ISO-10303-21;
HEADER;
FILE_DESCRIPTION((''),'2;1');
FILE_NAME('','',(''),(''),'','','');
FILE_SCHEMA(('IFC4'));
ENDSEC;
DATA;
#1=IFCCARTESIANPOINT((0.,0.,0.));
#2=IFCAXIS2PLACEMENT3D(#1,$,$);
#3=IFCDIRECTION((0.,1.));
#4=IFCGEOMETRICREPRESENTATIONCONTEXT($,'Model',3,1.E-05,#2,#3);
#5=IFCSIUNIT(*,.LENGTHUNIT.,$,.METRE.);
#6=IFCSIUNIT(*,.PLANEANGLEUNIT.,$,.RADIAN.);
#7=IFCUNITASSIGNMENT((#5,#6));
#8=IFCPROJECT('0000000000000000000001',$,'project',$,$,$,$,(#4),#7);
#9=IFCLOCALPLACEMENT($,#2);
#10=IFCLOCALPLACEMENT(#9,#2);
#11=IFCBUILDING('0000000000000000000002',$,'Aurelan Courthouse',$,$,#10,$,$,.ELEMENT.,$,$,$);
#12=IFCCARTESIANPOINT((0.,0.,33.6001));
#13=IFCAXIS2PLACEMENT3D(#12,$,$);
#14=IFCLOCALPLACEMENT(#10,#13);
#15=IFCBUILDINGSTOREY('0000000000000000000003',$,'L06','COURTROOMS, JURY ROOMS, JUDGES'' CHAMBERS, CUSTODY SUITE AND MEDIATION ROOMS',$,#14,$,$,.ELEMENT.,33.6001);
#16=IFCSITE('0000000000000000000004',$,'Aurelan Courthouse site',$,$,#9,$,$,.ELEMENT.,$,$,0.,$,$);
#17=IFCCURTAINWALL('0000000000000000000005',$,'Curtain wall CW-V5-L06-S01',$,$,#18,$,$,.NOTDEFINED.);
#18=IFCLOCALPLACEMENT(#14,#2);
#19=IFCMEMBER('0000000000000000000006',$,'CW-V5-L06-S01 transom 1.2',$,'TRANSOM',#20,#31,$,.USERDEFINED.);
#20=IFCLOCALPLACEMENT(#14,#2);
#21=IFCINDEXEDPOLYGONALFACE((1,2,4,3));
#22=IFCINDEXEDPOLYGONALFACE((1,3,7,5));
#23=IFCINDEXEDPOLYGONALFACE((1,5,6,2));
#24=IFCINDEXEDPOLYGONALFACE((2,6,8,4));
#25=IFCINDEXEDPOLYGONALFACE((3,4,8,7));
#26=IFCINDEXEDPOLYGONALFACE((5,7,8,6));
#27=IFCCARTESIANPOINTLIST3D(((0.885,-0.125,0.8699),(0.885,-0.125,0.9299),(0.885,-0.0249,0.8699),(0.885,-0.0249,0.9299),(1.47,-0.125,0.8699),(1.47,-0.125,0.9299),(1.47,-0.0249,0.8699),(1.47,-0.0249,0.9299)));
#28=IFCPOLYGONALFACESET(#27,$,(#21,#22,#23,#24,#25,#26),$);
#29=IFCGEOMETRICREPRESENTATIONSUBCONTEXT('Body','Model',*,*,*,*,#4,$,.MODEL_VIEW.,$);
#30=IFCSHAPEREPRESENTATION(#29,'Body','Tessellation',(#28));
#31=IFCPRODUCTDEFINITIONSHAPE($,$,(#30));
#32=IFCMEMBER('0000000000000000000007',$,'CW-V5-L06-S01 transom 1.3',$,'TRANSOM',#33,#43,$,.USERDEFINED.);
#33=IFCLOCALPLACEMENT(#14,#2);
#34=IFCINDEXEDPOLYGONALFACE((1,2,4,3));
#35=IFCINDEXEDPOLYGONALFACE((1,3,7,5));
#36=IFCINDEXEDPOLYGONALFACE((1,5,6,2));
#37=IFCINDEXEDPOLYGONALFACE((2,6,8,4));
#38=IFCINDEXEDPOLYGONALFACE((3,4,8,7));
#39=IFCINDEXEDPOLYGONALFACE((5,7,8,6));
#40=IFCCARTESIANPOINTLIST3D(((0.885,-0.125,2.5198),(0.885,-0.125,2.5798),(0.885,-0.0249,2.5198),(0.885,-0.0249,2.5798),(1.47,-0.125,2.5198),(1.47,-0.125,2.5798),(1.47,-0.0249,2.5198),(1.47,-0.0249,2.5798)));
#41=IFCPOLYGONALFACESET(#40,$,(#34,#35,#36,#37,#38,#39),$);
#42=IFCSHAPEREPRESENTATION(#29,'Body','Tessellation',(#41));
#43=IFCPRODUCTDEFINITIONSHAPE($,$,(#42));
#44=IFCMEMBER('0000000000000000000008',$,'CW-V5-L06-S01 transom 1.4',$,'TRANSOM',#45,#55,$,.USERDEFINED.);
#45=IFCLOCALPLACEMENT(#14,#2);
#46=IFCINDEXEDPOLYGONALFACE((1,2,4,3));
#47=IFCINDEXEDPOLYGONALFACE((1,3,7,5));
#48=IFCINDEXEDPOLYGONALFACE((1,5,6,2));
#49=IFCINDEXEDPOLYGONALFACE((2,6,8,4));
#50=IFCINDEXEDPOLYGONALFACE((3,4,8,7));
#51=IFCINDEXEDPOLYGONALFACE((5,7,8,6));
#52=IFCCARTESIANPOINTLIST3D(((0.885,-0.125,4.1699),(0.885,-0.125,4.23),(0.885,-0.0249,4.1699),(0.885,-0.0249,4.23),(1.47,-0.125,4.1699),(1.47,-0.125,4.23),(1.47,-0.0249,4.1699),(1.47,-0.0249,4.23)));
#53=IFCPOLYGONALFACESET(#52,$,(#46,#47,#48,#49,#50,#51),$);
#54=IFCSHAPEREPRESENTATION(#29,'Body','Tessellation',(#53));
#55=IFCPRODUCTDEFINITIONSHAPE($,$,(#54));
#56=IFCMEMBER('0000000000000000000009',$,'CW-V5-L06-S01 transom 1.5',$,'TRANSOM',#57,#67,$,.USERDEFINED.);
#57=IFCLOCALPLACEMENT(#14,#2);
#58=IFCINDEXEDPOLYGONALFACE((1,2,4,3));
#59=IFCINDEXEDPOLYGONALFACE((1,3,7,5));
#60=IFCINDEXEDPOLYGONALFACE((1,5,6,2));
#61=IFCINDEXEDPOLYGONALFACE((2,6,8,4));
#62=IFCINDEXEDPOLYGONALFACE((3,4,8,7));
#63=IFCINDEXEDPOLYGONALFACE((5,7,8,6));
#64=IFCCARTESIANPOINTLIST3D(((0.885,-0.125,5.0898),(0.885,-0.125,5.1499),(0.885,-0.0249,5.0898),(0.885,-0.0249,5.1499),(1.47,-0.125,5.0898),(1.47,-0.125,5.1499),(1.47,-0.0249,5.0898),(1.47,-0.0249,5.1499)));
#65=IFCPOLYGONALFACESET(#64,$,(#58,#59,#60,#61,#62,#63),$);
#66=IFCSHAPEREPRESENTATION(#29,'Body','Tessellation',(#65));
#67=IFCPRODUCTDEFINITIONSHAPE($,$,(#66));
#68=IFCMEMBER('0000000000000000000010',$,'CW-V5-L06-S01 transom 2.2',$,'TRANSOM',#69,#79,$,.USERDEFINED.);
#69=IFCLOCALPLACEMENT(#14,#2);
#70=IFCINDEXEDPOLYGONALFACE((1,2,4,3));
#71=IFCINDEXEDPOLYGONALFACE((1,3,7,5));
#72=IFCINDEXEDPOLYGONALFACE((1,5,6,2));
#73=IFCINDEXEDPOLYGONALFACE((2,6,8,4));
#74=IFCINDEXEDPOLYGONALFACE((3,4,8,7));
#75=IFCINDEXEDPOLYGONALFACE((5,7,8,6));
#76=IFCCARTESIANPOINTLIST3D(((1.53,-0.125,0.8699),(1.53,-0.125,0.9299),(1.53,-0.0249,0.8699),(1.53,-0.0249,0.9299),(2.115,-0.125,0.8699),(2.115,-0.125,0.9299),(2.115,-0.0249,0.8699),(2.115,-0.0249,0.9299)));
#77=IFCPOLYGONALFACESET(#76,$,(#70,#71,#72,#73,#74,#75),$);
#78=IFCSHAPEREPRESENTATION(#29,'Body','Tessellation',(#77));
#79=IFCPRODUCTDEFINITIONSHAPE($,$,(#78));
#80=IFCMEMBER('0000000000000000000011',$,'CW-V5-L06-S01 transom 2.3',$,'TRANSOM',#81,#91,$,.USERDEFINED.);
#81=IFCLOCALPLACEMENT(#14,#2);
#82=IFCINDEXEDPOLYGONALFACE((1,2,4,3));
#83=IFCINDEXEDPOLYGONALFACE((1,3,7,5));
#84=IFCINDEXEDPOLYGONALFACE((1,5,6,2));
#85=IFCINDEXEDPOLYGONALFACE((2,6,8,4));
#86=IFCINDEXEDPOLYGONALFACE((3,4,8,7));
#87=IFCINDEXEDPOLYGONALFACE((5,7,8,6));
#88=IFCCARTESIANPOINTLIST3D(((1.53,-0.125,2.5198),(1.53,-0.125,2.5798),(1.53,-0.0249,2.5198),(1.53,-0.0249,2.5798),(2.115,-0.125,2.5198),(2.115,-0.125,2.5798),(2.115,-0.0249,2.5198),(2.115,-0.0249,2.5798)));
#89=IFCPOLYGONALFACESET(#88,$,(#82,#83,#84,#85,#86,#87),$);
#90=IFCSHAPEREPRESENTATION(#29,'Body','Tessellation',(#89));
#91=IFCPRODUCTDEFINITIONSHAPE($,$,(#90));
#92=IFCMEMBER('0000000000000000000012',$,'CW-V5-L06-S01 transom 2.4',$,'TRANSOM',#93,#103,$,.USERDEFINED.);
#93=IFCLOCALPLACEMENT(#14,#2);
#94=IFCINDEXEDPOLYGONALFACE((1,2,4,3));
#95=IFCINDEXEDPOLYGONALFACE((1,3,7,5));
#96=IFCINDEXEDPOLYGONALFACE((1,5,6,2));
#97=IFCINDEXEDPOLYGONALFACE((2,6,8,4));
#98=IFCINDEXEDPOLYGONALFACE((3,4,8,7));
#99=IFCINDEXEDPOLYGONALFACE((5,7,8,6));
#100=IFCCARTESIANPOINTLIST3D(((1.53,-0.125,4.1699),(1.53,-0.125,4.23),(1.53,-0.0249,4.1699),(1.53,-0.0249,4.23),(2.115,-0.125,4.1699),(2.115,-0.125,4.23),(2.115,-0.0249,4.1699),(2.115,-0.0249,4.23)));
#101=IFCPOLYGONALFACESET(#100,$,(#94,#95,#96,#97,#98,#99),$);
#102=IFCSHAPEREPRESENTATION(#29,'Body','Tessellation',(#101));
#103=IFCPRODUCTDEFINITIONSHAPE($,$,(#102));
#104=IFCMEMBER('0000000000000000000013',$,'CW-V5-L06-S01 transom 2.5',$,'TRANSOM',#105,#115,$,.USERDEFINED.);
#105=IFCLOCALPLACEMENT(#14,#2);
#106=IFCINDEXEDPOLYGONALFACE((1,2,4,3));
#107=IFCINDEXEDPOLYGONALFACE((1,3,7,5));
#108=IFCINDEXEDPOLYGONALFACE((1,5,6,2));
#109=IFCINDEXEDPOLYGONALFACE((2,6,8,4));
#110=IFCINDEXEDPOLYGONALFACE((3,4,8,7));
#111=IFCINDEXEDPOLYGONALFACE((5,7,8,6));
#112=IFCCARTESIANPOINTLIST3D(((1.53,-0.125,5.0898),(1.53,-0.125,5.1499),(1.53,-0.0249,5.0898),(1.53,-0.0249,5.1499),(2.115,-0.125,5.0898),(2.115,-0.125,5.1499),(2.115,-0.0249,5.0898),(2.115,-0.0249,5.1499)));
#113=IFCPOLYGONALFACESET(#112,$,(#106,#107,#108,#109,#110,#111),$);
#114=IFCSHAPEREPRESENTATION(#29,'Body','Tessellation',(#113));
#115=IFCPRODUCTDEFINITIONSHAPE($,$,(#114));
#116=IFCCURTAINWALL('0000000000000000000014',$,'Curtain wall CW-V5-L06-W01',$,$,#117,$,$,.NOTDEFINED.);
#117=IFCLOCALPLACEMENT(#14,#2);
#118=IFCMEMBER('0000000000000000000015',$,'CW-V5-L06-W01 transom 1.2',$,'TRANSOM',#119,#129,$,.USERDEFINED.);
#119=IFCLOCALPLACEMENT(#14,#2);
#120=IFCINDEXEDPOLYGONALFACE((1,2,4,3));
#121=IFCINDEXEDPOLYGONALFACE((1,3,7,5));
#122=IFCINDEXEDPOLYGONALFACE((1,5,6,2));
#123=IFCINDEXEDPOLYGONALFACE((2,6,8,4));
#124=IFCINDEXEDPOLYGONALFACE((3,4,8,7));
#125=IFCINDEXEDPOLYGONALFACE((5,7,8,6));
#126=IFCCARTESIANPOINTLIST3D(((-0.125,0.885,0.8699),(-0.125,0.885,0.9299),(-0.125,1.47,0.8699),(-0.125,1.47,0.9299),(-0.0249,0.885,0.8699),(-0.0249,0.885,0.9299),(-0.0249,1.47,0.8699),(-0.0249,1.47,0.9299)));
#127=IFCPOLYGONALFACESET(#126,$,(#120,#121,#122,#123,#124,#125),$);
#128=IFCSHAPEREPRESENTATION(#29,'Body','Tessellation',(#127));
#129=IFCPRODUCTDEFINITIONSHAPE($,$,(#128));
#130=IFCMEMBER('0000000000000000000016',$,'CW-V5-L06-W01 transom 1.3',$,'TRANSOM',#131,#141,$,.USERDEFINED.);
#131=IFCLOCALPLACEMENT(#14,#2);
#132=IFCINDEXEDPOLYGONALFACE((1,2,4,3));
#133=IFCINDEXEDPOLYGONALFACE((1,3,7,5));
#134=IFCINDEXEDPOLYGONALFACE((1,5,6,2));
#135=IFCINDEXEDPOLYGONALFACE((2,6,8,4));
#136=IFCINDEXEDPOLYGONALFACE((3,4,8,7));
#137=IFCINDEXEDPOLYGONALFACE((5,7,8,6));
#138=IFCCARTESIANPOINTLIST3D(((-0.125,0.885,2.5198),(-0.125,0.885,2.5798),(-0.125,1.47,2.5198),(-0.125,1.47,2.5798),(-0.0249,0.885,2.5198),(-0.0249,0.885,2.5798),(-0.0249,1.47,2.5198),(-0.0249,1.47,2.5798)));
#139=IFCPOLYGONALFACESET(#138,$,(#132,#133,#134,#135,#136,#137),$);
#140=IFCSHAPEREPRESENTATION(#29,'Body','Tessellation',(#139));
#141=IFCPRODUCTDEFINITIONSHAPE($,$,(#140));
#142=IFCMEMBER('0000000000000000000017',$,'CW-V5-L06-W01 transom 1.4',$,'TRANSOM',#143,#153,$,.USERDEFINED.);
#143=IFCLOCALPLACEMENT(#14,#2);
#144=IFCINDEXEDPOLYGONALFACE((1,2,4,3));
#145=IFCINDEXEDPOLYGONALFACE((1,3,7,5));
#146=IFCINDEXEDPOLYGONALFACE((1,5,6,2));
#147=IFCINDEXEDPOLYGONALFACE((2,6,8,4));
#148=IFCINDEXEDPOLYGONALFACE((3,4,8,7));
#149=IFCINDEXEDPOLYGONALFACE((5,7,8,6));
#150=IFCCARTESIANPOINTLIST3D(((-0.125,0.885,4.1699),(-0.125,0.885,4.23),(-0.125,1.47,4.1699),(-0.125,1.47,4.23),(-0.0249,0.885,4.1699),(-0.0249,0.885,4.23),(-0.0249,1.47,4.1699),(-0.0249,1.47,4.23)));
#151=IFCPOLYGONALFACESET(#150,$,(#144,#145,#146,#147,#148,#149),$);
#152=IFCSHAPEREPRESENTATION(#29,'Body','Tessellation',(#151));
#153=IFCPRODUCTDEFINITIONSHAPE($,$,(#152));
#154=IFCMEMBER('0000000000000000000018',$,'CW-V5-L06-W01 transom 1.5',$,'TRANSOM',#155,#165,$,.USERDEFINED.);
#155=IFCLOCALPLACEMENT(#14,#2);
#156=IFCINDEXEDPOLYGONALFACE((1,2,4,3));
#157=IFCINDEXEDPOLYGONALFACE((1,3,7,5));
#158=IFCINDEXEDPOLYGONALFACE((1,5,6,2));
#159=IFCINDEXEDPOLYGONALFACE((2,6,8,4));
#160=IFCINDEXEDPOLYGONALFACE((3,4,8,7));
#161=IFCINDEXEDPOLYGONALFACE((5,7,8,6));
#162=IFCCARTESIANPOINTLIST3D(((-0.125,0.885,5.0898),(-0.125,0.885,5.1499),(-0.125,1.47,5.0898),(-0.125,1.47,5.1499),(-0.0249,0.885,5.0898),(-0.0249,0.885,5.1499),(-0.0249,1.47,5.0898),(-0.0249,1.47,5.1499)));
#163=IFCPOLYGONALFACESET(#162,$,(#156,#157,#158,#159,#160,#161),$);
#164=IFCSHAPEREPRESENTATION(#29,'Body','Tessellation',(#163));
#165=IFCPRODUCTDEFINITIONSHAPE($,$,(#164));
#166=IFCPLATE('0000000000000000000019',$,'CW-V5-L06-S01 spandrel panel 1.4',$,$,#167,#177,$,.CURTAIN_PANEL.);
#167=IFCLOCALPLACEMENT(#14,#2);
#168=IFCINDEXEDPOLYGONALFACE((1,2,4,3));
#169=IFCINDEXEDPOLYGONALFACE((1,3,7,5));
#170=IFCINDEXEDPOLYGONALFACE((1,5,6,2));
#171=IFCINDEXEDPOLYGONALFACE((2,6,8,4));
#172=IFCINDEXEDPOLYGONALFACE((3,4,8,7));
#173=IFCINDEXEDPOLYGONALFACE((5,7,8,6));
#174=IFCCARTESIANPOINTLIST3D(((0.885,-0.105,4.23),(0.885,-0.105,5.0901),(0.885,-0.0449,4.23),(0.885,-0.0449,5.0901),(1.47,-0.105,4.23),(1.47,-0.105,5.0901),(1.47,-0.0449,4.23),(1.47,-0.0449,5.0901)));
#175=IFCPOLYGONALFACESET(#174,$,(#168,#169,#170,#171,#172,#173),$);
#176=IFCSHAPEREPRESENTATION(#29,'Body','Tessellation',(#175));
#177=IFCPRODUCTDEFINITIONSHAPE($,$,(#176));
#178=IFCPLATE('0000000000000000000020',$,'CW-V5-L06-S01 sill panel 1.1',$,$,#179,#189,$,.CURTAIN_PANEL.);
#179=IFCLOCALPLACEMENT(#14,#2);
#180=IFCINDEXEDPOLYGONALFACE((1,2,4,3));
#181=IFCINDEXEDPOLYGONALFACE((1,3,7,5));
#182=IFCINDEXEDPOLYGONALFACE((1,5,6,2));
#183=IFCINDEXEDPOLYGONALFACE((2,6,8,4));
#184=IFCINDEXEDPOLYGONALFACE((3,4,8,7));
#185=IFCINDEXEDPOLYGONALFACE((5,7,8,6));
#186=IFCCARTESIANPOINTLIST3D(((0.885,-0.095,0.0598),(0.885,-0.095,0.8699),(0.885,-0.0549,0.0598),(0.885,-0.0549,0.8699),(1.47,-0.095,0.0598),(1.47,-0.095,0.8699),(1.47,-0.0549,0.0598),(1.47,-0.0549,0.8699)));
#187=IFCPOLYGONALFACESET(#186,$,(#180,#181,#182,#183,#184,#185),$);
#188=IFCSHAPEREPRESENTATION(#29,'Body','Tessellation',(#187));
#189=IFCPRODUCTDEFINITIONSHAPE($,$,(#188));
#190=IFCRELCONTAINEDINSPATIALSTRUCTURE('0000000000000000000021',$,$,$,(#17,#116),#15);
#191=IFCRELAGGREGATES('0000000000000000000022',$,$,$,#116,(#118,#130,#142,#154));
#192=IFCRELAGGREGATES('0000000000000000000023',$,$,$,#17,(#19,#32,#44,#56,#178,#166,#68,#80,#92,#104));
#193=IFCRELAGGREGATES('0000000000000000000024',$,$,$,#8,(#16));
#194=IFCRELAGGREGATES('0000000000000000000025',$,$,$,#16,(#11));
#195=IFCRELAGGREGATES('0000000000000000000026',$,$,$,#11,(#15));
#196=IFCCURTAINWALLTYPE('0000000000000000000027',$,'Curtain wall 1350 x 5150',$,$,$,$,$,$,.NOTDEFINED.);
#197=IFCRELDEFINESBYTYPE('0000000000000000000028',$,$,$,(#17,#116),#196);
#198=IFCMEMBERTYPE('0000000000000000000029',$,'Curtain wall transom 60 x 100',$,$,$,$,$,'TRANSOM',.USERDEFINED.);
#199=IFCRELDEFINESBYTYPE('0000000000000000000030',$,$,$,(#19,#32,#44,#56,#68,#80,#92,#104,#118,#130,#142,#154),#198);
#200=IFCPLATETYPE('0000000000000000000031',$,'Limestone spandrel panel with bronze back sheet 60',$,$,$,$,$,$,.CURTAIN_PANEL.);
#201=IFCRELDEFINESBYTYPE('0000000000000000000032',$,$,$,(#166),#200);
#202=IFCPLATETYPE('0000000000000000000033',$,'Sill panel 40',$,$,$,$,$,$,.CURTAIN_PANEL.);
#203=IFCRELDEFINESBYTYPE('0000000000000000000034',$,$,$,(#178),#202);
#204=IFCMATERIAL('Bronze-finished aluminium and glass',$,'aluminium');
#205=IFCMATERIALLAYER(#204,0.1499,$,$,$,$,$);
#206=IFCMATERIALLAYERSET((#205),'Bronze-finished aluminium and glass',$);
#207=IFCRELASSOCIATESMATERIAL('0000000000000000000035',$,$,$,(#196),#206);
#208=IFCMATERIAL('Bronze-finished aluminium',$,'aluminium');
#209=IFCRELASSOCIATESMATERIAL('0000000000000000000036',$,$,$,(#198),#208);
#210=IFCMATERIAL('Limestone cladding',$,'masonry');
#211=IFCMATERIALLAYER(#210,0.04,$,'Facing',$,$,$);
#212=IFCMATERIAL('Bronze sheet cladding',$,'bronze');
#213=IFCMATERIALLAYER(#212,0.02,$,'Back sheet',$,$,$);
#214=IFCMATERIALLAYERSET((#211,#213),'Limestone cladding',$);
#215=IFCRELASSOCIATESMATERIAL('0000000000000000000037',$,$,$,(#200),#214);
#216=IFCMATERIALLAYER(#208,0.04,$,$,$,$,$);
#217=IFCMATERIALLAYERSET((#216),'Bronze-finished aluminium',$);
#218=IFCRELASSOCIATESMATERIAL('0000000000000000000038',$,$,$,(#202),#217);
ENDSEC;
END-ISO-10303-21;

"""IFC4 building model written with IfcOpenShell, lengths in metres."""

from ifc_helpers import new_model, si_unit, direction, frame, origin, origin_2d, place, context, subcontext, project, spatial, rectangle, extrude, material, layer, layer_set, material_profile, profile_set, type_object, element, aggregate, save


model = new_model("IFC4")

# Units and contexts
model_context = context("Model", 3, precision=1e-05, world=origin(), true_north=direction((0.0, 1.0)))
body_context = subcontext(model_context, "Body", "Model", "MODEL_VIEW")
ifc_project = project(units=[si_unit("LENGTHUNIT", "METRE"), si_unit("PLANEANGLEUNIT", "RADIAN")], contexts=[model_context])

# Site, building, storey
site_placement = place(None, origin())
site = spatial("IfcSite", under=ifc_project, at=site_placement, Name="Aurelan Courthouse site", CompositionType="ELEMENT", RefElevation=0.0)
building_placement = place(site_placement, origin())
building = spatial("IfcBuilding", under=site, at=building_placement, Name="Aurelan Courthouse", CompositionType="ELEMENT")
storey_placement = place(building_placement, frame((0.0, 0.0, 33.6001)))
storey = spatial("IfcBuildingStorey", under=building, at=storey_placement, Name="L06", Description="COURTROOMS, JURY ROOMS, JUDGES' CHAMBERS, CUSTODY SUITE AND MEDIATION ROOMS", CompositionType="ELEMENT", Elevation=33.6001)

# Curtain walls, members
ifc_material_1 = material(Name="Bronze-finished aluminium and glass", Category="aluminium")
ifc_layer_1 = layer(ifc_material_1, 0.1499)
ifc_layer_set_1 = layer_set([ifc_layer_1], Name="Bronze-finished aluminium and glass")
curtain_wall_type = type_object("IfcCurtainWallType", Name="Curtain wall 1350 x 5150", PredefinedType="NOTDEFINED", material=ifc_layer_set_1)
curtain_wall_1_placement = place(storey_placement, origin())
curtain_wall_1 = element("IfcCurtainWall", 1, at=curtain_wall_1_placement, inside=storey, type_object=curtain_wall_type, Name="Curtain wall CW-V5-L06-S01", PredefinedType="NOTDEFINED")
ifc_material_2 = material(Name="Bronze-finished aluminium", Category="aluminium")
ifc_material_profile = material_profile(ifc_material_2, rectangle(XDim=0.1001, YDim=0.0601, at=origin_2d()), Name="Bronze transom 60 x 100")
ifc_profile_set = profile_set([ifc_material_profile], Name="Bronze-finished aluminium")
member_type = type_object("IfcMemberType", Name="Curtain wall transom 60 x 100", ElementType="TRANSOM", PredefinedType="USERDEFINED", material=ifc_profile_set)
member_1_placement = place(storey_placement, frame((0.885, -0.075, 0.8999), z_axis=(1.0, 0.0, 0.0), x_axis=(0.0, 1.0, 0.0)))
member_1 = element("IfcMember", 2, at=member_1_placement, type_object=member_type, Name="CW-V5-L06-S01 transom 1.2", ObjectType="TRANSOM", PredefinedType="USERDEFINED", context=body_context, shape_type="SweptSolid", body=[
    extrude(rectangle(XDim=0.1001, YDim=0.0601, at=origin_2d()), origin(), (0.0, 0.0, 1.0), 0.585),
])
member_2_placement = place(storey_placement, frame((0.885, -0.075, 2.5498), z_axis=(1.0, 0.0, 0.0), x_axis=(0.0, 1.0, 0.0)))
member_2 = element("IfcMember", 3, at=member_2_placement, type_object=member_type, Name="CW-V5-L06-S01 transom 1.3", ObjectType="TRANSOM", PredefinedType="USERDEFINED", context=body_context, shape_type="SweptSolid", body=[
    extrude(rectangle(XDim=0.1001, YDim=0.0601, at=origin_2d()), origin(), (0.0, 0.0, 1.0), 0.585),
])
member_3_placement = place(storey_placement, frame((0.885, -0.075, 4.2), z_axis=(1.0, 0.0, 0.0), x_axis=(0.0, 1.0, 0.0)))
member_3 = element("IfcMember", 4, at=member_3_placement, type_object=member_type, Name="CW-V5-L06-S01 transom 1.4", ObjectType="TRANSOM", PredefinedType="USERDEFINED", context=body_context, shape_type="SweptSolid", body=[
    extrude(rectangle(XDim=0.1001, YDim=0.0601, at=origin_2d()), origin(), (0.0, 0.0, 1.0), 0.585),
])
member_4_placement = place(storey_placement, frame((0.885, -0.075, 5.1199), z_axis=(1.0, 0.0, 0.0), x_axis=(0.0, 1.0, 0.0)))
member_4 = element("IfcMember", 5, at=member_4_placement, type_object=member_type, Name="CW-V5-L06-S01 transom 1.5", ObjectType="TRANSOM", PredefinedType="USERDEFINED", context=body_context, shape_type="SweptSolid", body=[
    extrude(rectangle(XDim=0.1001, YDim=0.0601, at=origin_2d()), origin(), (0.0, 0.0, 1.0), 0.585),
])
member_5_placement = place(storey_placement, frame((1.53, -0.075, 0.8999), z_axis=(1.0, 0.0, 0.0), x_axis=(0.0, 1.0, 0.0)))
member_5 = element("IfcMember", 6, at=member_5_placement, type_object=member_type, Name="CW-V5-L06-S01 transom 2.2", ObjectType="TRANSOM", PredefinedType="USERDEFINED", context=body_context, shape_type="SweptSolid", body=[
    extrude(rectangle(XDim=0.1001, YDim=0.0601, at=origin_2d()), origin(), (0.0, 0.0, 1.0), 0.585),
])
member_6_placement = place(storey_placement, frame((1.53, -0.075, 2.5498), z_axis=(1.0, 0.0, 0.0), x_axis=(0.0, 1.0, 0.0)))
member_6 = element("IfcMember", 7, at=member_6_placement, type_object=member_type, Name="CW-V5-L06-S01 transom 2.3", ObjectType="TRANSOM", PredefinedType="USERDEFINED", context=body_context, shape_type="SweptSolid", body=[
    extrude(rectangle(XDim=0.1001, YDim=0.0601, at=origin_2d()), origin(), (0.0, 0.0, 1.0), 0.585),
])
member_7_placement = place(storey_placement, frame((1.53, -0.075, 4.2), z_axis=(1.0, 0.0, 0.0), x_axis=(0.0, 1.0, 0.0)))
member_7 = element("IfcMember", 8, at=member_7_placement, type_object=member_type, Name="CW-V5-L06-S01 transom 2.4", ObjectType="TRANSOM", PredefinedType="USERDEFINED", context=body_context, shape_type="SweptSolid", body=[
    extrude(rectangle(XDim=0.1001, YDim=0.0601, at=origin_2d()), origin(), (0.0, 0.0, 1.0), 0.585),
])
member_8_placement = place(storey_placement, frame((1.53, -0.075, 5.1199), z_axis=(1.0, 0.0, 0.0), x_axis=(0.0, 1.0, 0.0)))
member_8 = element("IfcMember", 9, at=member_8_placement, type_object=member_type, Name="CW-V5-L06-S01 transom 2.5", ObjectType="TRANSOM", PredefinedType="USERDEFINED", context=body_context, shape_type="SweptSolid", body=[
    extrude(rectangle(XDim=0.1001, YDim=0.0601, at=origin_2d()), origin(), (0.0, 0.0, 1.0), 0.585),
])
curtain_wall_2_placement = place(storey_placement, origin())
curtain_wall_2 = element("IfcCurtainWall", 10, at=curtain_wall_2_placement, inside=storey, type_object=curtain_wall_type, Name="Curtain wall CW-V5-L06-W01", PredefinedType="NOTDEFINED")
member_9_placement = place(storey_placement, frame((-0.075, 0.885, 0.8999), z_axis=(0.0, 1.0, 0.0), x_axis=(-1.0, 0.0, 0.0)))
member_9 = element("IfcMember", 11, at=member_9_placement, type_object=member_type, Name="CW-V5-L06-W01 transom 1.2", ObjectType="TRANSOM", PredefinedType="USERDEFINED", context=body_context, shape_type="SweptSolid", body=[
    extrude(rectangle(XDim=0.1001, YDim=0.0601, at=origin_2d()), origin(), (0.0, 0.0, 1.0), 0.585),
])
member_10_placement = place(storey_placement, frame((-0.075, 0.885, 2.5498), z_axis=(0.0, 1.0, 0.0), x_axis=(-1.0, 0.0, 0.0)))
member_10 = element("IfcMember", 12, at=member_10_placement, type_object=member_type, Name="CW-V5-L06-W01 transom 1.3", ObjectType="TRANSOM", PredefinedType="USERDEFINED", context=body_context, shape_type="SweptSolid", body=[
    extrude(rectangle(XDim=0.1001, YDim=0.0601, at=origin_2d()), origin(), (0.0, 0.0, 1.0), 0.585),
])
member_11_placement = place(storey_placement, frame((-0.075, 0.885, 4.2), z_axis=(0.0, 1.0, 0.0), x_axis=(-1.0, 0.0, 0.0)))
member_11 = element("IfcMember", 13, at=member_11_placement, type_object=member_type, Name="CW-V5-L06-W01 transom 1.4", ObjectType="TRANSOM", PredefinedType="USERDEFINED", context=body_context, shape_type="SweptSolid", body=[
    extrude(rectangle(XDim=0.1001, YDim=0.0601, at=origin_2d()), origin(), (0.0, 0.0, 1.0), 0.585),
])
member_12_placement = place(storey_placement, frame((-0.075, 0.885, 5.1199), z_axis=(0.0, 1.0, 0.0), x_axis=(-1.0, 0.0, 0.0)))
member_12 = element("IfcMember", 14, at=member_12_placement, type_object=member_type, Name="CW-V5-L06-W01 transom 1.5", ObjectType="TRANSOM", PredefinedType="USERDEFINED", context=body_context, shape_type="SweptSolid", body=[
    extrude(rectangle(XDim=0.1001, YDim=0.0601, at=origin_2d()), origin(), (0.0, 0.0, 1.0), 0.585),
])
aggregate(curtain_wall_2, [member_9, member_10, member_11, member_12])

# Plates
ifc_material_3 = material(Name="Limestone cladding", Category="masonry")
ifc_layer_2 = layer(ifc_material_3, 0.04, Name="Facing")
ifc_material_4 = material(Name="Bronze sheet cladding", Category="bronze")
ifc_layer_3 = layer(ifc_material_4, 0.02, Name="Back sheet")
ifc_layer_set_2 = layer_set([ifc_layer_2, ifc_layer_3], Name="Limestone cladding")
plate_type_1 = type_object("IfcPlateType", Name="Limestone spandrel panel with bronze back sheet 60", PredefinedType="CURTAIN_PANEL", material=ifc_layer_set_2)
plate_1_placement = place(storey_placement, frame((1.1775, -0.075, 4.23), z_axis=(0.0, 0.0, 1.0), x_axis=(1.0, 0.0, 0.0)))
plate_1 = element("IfcPlate", 15, at=plate_1_placement, type_object=plate_type_1, Name="CW-V5-L06-S01 spandrel panel 1.4", PredefinedType="CURTAIN_PANEL", context=body_context, shape_type="SweptSolid", body=[
    extrude(rectangle(XDim=0.585, YDim=0.0601, at=origin_2d()), origin(), (0.0, 0.0, 1.0), 0.8601),
])
ifc_layer_4 = layer(ifc_material_2, 0.04)
ifc_layer_set_3 = layer_set([ifc_layer_4], Name="Bronze-finished aluminium")
plate_type_2 = type_object("IfcPlateType", Name="Sill panel 40", PredefinedType="CURTAIN_PANEL", material=ifc_layer_set_3)
plate_2_placement = place(storey_placement, frame((1.1775, -0.075, 0.0598), z_axis=(0.0, 0.0, 1.0), x_axis=(1.0, 0.0, 0.0)))
plate_2 = element("IfcPlate", 16, at=plate_2_placement, type_object=plate_type_2, Name="CW-V5-L06-S01 sill panel 1.1", PredefinedType="CURTAIN_PANEL", context=body_context, shape_type="SweptSolid", body=[
    extrude(rectangle(XDim=0.585, YDim=0.04, at=origin_2d()), origin(), (0.0, 0.0, 1.0), 0.8101),
])

aggregate(curtain_wall_1, [member_1, member_2, member_3, member_4, plate_2, plate_1, member_5, member_6, member_7, member_8])

save(model, "model.ifc")
